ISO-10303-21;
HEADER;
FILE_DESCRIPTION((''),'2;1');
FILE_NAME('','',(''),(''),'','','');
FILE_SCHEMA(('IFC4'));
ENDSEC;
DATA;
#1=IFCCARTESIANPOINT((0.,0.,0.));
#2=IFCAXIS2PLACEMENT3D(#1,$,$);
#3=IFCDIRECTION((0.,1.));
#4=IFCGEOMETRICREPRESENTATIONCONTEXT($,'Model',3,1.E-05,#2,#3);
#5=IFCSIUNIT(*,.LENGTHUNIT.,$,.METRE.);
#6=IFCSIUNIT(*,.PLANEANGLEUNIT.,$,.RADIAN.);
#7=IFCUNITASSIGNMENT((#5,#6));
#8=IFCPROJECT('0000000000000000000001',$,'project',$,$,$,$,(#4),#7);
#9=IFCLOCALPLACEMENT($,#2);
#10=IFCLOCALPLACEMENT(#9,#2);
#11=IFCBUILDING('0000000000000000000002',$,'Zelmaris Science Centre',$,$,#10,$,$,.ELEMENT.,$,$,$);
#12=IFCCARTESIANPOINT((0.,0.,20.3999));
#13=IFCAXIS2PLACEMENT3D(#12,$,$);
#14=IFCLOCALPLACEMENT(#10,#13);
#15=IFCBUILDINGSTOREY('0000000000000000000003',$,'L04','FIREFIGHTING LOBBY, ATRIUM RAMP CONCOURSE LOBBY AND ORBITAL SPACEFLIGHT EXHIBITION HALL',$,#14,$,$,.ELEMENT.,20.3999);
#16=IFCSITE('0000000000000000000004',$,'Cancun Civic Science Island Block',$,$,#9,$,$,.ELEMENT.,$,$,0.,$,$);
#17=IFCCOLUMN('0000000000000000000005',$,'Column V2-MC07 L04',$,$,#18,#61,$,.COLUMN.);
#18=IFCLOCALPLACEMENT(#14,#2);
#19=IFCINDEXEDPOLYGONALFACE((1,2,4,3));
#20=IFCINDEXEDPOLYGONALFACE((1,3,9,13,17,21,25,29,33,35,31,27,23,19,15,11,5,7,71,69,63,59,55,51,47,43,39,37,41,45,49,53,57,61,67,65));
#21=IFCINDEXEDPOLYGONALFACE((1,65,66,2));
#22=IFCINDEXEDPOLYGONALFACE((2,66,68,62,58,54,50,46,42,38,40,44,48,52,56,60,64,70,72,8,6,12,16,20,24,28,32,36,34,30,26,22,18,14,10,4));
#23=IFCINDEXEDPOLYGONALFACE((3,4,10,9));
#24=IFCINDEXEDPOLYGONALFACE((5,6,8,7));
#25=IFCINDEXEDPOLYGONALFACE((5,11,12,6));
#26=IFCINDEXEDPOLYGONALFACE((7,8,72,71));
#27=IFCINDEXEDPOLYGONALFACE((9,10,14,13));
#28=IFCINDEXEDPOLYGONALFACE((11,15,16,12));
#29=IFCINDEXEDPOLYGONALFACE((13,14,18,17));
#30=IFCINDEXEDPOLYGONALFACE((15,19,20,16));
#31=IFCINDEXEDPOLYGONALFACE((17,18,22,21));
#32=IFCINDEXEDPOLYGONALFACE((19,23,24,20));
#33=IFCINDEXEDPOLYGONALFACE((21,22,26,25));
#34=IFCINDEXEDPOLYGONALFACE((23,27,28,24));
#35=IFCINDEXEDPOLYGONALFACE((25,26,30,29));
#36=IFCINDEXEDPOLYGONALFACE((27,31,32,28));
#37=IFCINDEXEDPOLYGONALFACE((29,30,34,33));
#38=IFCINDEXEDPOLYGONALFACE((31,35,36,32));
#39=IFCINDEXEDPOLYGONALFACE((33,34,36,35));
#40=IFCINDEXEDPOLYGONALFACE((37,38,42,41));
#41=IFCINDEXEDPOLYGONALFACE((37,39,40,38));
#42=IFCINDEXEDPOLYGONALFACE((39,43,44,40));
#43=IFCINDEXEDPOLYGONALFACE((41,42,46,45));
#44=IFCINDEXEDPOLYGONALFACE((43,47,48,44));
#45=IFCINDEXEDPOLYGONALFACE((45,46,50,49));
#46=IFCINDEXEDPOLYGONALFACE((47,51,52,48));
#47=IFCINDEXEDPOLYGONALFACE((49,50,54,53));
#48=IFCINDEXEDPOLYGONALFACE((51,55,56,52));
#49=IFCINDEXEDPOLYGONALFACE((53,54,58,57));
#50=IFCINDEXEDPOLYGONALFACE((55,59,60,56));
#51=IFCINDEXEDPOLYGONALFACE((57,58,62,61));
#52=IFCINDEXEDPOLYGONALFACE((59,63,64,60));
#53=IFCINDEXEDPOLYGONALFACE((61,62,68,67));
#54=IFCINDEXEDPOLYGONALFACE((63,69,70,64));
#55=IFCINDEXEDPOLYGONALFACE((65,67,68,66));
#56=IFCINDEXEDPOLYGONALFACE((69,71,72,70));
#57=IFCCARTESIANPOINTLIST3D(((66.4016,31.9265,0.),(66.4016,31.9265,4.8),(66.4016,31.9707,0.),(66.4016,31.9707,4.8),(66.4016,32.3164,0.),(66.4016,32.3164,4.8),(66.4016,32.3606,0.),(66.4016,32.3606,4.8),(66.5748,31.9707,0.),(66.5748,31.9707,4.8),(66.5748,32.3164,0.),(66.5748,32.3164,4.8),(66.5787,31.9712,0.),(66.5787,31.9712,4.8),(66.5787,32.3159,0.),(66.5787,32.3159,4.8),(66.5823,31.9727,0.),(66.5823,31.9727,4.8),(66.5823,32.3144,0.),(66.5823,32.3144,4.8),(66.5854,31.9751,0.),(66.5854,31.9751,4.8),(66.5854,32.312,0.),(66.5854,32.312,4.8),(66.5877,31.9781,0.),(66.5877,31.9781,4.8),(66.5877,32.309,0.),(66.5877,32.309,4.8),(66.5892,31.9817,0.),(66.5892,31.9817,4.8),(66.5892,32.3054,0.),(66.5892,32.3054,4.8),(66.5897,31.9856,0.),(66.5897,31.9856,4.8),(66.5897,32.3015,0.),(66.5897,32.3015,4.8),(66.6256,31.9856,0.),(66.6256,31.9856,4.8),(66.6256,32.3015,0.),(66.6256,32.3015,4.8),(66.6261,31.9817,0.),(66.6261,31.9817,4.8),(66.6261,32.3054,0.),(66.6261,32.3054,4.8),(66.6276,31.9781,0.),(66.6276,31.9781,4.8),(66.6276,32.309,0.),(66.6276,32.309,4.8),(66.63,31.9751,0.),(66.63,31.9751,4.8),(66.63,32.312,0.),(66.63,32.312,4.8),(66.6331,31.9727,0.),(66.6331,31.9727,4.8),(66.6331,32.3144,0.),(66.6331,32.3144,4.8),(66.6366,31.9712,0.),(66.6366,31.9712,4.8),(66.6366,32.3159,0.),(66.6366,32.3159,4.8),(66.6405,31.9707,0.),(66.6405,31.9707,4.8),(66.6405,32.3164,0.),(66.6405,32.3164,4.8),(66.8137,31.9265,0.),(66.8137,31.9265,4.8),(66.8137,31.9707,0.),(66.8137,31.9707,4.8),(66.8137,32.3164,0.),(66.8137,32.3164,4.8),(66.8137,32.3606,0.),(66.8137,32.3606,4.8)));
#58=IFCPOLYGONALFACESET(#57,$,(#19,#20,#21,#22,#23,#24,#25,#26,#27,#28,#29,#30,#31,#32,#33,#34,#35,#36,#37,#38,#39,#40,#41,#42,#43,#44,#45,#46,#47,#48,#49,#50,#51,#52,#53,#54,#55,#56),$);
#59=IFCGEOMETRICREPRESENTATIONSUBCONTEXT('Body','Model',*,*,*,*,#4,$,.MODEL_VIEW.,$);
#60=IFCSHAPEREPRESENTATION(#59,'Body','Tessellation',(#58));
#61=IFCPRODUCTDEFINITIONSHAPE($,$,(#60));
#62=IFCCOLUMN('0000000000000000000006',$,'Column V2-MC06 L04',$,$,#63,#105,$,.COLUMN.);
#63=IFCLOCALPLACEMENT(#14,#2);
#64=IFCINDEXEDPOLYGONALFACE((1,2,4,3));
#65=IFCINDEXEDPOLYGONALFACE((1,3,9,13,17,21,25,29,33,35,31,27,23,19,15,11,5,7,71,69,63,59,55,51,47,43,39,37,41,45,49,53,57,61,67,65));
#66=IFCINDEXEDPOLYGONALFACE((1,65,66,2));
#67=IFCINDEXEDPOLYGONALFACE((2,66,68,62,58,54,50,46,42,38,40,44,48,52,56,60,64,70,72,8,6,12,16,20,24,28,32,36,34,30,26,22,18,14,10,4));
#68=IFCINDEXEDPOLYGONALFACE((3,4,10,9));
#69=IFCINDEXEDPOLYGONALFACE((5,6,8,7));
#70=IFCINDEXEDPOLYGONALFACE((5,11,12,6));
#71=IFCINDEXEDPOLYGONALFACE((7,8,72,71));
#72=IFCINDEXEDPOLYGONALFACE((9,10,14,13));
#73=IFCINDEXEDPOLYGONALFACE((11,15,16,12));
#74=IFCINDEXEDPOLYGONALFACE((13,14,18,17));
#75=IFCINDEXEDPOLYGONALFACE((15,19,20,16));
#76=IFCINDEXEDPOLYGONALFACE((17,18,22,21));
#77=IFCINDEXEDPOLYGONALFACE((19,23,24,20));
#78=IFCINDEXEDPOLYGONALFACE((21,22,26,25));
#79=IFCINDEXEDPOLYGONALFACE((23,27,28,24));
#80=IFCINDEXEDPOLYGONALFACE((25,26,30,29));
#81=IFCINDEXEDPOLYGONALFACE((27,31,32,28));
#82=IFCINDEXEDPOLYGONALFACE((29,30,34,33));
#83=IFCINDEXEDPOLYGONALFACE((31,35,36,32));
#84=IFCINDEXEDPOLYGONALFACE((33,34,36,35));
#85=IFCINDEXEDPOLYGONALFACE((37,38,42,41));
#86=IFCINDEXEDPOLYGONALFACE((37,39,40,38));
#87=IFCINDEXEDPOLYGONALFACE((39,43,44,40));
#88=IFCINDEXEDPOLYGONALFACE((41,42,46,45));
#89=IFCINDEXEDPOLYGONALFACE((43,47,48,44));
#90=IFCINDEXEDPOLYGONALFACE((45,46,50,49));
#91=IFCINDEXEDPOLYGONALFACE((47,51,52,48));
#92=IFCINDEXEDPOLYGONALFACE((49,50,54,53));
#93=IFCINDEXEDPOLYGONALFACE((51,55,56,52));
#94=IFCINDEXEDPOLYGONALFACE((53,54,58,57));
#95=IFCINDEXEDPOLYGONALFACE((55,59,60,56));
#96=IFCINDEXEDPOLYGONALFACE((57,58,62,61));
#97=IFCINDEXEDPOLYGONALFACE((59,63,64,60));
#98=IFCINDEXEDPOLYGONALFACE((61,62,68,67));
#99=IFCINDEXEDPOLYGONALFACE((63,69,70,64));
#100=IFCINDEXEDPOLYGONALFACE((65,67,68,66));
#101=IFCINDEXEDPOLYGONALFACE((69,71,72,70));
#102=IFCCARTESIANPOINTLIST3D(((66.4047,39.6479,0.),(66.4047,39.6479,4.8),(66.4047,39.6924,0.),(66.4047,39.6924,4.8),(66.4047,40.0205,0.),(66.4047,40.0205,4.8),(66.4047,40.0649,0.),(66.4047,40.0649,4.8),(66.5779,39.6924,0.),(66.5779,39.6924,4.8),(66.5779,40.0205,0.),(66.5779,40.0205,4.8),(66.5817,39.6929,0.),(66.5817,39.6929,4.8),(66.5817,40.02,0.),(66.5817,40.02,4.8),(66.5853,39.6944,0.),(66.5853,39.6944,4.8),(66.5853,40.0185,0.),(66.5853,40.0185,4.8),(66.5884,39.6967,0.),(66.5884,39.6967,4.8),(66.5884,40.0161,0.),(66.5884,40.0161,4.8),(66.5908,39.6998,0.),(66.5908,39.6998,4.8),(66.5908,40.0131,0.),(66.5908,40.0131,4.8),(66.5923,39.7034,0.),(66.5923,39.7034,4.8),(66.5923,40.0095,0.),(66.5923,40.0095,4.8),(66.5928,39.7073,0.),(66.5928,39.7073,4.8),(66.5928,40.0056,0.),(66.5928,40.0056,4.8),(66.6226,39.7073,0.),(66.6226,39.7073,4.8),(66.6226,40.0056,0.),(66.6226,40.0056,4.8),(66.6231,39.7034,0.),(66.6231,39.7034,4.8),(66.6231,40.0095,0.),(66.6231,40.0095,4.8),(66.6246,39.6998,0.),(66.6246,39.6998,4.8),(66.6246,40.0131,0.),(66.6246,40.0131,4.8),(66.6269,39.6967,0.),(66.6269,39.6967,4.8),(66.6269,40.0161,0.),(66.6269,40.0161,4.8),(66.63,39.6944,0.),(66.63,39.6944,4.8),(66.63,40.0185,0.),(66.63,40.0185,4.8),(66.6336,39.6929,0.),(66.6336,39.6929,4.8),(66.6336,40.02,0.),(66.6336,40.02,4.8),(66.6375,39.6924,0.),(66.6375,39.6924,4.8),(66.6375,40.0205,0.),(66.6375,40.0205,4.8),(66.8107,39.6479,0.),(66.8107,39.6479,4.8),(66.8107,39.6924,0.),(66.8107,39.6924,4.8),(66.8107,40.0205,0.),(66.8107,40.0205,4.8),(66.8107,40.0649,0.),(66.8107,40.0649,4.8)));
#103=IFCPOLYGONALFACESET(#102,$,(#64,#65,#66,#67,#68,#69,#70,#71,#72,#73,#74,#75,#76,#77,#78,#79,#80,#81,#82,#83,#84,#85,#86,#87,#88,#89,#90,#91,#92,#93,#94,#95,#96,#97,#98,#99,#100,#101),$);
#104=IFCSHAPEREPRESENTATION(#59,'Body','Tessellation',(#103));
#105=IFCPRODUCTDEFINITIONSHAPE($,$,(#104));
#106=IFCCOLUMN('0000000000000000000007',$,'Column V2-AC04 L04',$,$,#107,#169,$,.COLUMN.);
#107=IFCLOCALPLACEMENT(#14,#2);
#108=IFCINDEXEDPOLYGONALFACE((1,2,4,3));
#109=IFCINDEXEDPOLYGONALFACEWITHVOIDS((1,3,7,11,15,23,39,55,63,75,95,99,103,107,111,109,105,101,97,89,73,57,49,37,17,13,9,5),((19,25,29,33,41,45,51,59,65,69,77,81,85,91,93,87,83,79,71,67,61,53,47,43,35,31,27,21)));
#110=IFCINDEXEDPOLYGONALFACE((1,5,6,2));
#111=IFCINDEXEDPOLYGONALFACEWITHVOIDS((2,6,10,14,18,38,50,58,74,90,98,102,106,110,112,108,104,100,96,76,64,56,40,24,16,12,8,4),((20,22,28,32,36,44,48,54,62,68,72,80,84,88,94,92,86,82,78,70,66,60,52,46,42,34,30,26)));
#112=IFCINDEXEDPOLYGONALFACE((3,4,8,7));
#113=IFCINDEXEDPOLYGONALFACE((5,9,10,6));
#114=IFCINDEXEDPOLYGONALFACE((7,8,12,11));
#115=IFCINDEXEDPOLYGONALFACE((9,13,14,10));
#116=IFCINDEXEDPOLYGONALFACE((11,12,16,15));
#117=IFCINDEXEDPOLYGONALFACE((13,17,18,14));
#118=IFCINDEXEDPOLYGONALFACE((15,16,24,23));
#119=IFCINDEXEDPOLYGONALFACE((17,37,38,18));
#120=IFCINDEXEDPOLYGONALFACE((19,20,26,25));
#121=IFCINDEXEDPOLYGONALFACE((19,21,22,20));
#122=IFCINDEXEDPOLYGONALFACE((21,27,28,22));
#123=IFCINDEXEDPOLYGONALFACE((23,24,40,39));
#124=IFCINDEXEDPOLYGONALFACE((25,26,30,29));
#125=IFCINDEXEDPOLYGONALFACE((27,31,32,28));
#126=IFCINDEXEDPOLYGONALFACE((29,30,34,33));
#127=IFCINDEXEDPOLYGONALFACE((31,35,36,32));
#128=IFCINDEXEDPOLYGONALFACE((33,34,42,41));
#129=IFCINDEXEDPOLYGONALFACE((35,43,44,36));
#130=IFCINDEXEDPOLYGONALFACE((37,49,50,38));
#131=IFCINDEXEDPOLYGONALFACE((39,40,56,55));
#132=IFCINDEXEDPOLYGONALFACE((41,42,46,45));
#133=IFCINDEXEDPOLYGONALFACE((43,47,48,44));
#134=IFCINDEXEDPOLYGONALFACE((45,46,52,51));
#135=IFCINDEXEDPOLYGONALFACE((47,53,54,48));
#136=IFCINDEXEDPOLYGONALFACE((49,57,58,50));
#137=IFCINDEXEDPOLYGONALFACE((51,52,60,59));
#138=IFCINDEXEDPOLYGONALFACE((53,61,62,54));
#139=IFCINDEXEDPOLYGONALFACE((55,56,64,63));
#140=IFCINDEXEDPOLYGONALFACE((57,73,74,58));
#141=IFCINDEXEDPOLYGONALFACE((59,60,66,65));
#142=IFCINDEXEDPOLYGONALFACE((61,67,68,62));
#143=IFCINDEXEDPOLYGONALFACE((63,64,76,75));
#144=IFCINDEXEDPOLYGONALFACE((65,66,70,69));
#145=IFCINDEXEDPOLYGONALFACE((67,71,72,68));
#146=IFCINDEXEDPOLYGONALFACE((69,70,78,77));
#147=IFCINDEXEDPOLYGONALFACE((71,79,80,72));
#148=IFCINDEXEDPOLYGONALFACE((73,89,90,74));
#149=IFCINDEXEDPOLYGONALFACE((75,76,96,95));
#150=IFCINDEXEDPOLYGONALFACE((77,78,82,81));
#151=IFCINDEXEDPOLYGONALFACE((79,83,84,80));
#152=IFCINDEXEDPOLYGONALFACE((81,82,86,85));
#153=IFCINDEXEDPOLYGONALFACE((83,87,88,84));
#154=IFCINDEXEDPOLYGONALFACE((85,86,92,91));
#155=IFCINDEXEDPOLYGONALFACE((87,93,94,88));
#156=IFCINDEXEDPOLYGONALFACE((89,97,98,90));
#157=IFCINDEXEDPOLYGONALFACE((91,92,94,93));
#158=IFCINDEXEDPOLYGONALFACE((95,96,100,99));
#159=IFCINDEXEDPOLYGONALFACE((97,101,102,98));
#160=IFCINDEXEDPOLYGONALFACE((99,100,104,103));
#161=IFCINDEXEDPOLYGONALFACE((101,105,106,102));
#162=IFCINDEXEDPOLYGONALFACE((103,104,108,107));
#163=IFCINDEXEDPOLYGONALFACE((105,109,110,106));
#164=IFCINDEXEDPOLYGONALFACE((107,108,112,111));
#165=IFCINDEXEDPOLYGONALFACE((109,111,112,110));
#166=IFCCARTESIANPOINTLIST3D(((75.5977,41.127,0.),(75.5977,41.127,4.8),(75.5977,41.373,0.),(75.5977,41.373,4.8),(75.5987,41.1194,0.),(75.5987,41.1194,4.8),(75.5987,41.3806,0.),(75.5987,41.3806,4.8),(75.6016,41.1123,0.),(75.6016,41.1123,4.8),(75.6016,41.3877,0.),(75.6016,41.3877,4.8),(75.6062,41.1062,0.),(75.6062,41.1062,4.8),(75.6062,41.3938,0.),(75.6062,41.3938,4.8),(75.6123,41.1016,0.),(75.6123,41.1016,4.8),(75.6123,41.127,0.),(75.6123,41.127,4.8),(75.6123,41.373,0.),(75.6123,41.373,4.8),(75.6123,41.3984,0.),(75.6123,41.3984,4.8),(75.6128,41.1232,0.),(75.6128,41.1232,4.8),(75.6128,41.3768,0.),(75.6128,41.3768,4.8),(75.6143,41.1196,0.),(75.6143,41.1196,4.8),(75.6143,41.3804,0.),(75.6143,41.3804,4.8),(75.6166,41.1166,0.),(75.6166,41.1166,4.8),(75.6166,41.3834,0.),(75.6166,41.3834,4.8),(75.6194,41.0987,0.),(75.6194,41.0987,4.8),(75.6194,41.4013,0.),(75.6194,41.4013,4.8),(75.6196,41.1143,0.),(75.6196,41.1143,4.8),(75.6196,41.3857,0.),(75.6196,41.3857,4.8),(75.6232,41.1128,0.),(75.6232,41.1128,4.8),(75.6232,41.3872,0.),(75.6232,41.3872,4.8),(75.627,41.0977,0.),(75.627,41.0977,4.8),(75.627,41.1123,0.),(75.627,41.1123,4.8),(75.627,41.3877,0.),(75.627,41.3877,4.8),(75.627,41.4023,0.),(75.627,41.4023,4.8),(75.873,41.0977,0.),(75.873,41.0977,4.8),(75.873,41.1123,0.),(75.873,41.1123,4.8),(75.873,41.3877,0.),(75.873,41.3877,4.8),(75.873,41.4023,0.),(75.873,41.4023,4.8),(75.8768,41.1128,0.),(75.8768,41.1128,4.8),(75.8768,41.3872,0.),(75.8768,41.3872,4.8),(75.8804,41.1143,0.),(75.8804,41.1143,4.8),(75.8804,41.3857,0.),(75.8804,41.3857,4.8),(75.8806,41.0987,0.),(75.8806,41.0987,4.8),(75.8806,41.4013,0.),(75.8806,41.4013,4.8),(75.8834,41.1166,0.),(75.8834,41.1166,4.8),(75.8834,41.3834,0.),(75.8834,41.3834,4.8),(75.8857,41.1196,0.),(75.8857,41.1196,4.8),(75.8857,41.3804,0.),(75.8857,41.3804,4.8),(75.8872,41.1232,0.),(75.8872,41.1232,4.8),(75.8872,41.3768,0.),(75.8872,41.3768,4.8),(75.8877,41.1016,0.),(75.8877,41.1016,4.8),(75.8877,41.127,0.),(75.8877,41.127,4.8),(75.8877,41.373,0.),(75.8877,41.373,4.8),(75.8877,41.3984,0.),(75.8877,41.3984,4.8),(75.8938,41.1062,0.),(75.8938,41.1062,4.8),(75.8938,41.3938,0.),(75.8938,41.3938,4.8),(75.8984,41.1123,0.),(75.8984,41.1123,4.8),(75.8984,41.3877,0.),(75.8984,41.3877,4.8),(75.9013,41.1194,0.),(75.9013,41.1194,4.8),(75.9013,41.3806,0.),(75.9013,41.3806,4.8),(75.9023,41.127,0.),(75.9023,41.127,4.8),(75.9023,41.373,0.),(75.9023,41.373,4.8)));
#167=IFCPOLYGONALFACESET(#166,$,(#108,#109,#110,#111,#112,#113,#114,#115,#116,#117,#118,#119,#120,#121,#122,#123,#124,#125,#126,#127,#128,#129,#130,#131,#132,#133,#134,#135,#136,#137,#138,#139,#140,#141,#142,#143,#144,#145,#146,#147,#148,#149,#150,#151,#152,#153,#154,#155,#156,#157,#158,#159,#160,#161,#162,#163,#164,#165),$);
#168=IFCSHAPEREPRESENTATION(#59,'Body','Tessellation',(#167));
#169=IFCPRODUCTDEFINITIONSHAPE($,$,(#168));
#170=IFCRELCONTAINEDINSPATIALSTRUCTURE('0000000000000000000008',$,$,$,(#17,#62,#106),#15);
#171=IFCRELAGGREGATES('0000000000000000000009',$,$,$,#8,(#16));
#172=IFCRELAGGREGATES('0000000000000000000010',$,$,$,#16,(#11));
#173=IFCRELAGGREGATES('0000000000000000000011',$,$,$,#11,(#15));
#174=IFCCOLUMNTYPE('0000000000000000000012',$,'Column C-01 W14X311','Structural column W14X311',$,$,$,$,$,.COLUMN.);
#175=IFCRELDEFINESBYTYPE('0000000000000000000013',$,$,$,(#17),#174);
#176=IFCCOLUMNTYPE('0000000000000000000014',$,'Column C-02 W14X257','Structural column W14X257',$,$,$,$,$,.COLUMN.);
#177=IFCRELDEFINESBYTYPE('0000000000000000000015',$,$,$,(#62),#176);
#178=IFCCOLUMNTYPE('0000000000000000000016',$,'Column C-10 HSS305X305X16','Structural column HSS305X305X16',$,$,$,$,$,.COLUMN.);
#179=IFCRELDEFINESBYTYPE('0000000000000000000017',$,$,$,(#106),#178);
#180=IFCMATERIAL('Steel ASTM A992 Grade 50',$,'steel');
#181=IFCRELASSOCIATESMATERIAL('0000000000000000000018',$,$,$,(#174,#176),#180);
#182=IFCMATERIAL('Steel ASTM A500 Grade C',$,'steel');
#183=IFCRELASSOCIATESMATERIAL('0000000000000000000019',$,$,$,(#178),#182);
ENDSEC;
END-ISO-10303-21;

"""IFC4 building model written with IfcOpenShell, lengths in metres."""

from ifc_helpers import new_model, si_unit, direction, frame, origin, origin_2d, place, context, subcontext, project, spatial, hollow_rectangle, i_section, extrude, material, material_profile, profile_set, type_object, element, save


model = new_model("IFC4")

# Units and contexts
model_context = context("Model", 3, precision=1e-05, world=origin(), true_north=direction((0.0, 1.0)))
body_context = subcontext(model_context, "Body", "Model", "MODEL_VIEW")
ifc_project = project(units=[si_unit("LENGTHUNIT", "METRE"), si_unit("PLANEANGLEUNIT", "RADIAN")], contexts=[model_context])

# Site, building, storey
site_placement = place(None, origin())
site = spatial("IfcSite", under=ifc_project, at=site_placement, Name="Cancun Civic Science Island Block", CompositionType="ELEMENT", RefElevation=0.0)
building_placement = place(site_placement, origin())
building = spatial("IfcBuilding", under=site, at=building_placement, Name="Zelmaris Science Centre", CompositionType="ELEMENT")
storey_placement = place(building_placement, frame((0.0, 0.0, 20.3999)))
storey = spatial("IfcBuildingStorey", under=building, at=storey_placement, Name="L04", Description="FIREFIGHTING LOBBY, ATRIUM RAMP CONCOURSE LOBBY AND ORBITAL SPACEFLIGHT EXHIBITION HALL", CompositionType="ELEMENT", Elevation=20.3999)

# Columns
ifc_material_1 = material(Name="Steel ASTM A992 Grade 50", Category="steel")
ifc_material_profile_1 = material_profile(ifc_material_1, i_section(OverallWidth=0.4121, OverallDepth=0.4341, WebThickness=0.0359, FlangeThickness=0.0442, FilletRadius=0.0149, at=origin_2d()), Name="W14X311")
ifc_profile_set_1 = profile_set([ifc_material_profile_1], Name="Steel ASTM A992 Grade 50")
column_type_1 = type_object("IfcColumnType", Name="Column C-01 W14X311", Description="Structural column W14X311", PredefinedType="COLUMN", material=ifc_profile_set_1)
column_1_placement = place(storey_placement, frame((66.6077, 32.1436, 0.0), z_axis=(0.0, 0.0, 1.0), x_axis=(1.0, 0.0, 0.0)))
element("IfcColumn", 1, at=column_1_placement, inside=storey, type_object=column_type_1, Name="Column V2-MC07 L04", PredefinedType="COLUMN", context=body_context, shape_type="SweptSolid", body=[
    extrude(i_section(OverallWidth=0.4121, OverallDepth=0.4341, WebThickness=0.0359, FlangeThickness=0.0442, FilletRadius=0.0149, at=origin_2d()), origin(), (0.0, 0.0, 1.0), 4.8),
])
ifc_material_profile_2 = material_profile(ifc_material_1, i_section(OverallWidth=0.406, OverallDepth=0.417, WebThickness=0.0298, FlangeThickness=0.0444, FilletRadius=0.0149, at=origin_2d()), Name="W14X257")
ifc_profile_set_2 = profile_set([ifc_material_profile_2], Name="Steel ASTM A992 Grade 50")
column_type_2 = type_object("IfcColumnType", Name="Column C-02 W14X257", Description="Structural column W14X257", PredefinedType="COLUMN", material=ifc_profile_set_2)
column_2_placement = place(storey_placement, frame((66.6077, 39.8564, 0.0), z_axis=(0.0, 0.0, 1.0), x_axis=(1.0, 0.0, 0.0)))
element("IfcColumn", 2, at=column_2_placement, inside=storey, type_object=column_type_2, Name="Column V2-MC06 L04", PredefinedType="COLUMN", context=body_context, shape_type="SweptSolid", body=[
    extrude(i_section(OverallWidth=0.406, OverallDepth=0.417, WebThickness=0.0298, FlangeThickness=0.0444, FilletRadius=0.0149, at=origin_2d()), origin(), (0.0, 0.0, 1.0), 4.8),
])
ifc_material_2 = material(Name="Steel ASTM A500 Grade C", Category="steel")
ifc_material_profile_3 = material_profile(ifc_material_2, hollow_rectangle(XDim=0.3047, YDim=0.3047, WallThickness=0.0146, InnerFilletRadius=0.0146, OuterFilletRadius=0.0293, at=origin_2d()), Name="HSS305X305X16")
ifc_profile_set_3 = profile_set([ifc_material_profile_3], Name="Steel ASTM A500 Grade C")
column_type_3 = type_object("IfcColumnType", Name="Column C-10 HSS305X305X16", Description="Structural column HSS305X305X16", PredefinedType="COLUMN", material=ifc_profile_set_3)
column_3_placement = place(storey_placement, frame((75.75, 41.25, 0.0), z_axis=(0.0, 0.0, 1.0), x_axis=(1.0, 0.0, 0.0)))
element("IfcColumn", 3, at=column_3_placement, inside=storey, type_object=column_type_3, Name="Column V2-AC04 L04", PredefinedType="COLUMN", context=body_context, shape_type="SweptSolid", body=[
    extrude(hollow_rectangle(XDim=0.3047, YDim=0.3047, WallThickness=0.0146, InnerFilletRadius=0.0146, OuterFilletRadius=0.0293, at=origin_2d()), origin(), (0.0, 0.0, 1.0), 4.8),
])

save(model, "model.ifc")
